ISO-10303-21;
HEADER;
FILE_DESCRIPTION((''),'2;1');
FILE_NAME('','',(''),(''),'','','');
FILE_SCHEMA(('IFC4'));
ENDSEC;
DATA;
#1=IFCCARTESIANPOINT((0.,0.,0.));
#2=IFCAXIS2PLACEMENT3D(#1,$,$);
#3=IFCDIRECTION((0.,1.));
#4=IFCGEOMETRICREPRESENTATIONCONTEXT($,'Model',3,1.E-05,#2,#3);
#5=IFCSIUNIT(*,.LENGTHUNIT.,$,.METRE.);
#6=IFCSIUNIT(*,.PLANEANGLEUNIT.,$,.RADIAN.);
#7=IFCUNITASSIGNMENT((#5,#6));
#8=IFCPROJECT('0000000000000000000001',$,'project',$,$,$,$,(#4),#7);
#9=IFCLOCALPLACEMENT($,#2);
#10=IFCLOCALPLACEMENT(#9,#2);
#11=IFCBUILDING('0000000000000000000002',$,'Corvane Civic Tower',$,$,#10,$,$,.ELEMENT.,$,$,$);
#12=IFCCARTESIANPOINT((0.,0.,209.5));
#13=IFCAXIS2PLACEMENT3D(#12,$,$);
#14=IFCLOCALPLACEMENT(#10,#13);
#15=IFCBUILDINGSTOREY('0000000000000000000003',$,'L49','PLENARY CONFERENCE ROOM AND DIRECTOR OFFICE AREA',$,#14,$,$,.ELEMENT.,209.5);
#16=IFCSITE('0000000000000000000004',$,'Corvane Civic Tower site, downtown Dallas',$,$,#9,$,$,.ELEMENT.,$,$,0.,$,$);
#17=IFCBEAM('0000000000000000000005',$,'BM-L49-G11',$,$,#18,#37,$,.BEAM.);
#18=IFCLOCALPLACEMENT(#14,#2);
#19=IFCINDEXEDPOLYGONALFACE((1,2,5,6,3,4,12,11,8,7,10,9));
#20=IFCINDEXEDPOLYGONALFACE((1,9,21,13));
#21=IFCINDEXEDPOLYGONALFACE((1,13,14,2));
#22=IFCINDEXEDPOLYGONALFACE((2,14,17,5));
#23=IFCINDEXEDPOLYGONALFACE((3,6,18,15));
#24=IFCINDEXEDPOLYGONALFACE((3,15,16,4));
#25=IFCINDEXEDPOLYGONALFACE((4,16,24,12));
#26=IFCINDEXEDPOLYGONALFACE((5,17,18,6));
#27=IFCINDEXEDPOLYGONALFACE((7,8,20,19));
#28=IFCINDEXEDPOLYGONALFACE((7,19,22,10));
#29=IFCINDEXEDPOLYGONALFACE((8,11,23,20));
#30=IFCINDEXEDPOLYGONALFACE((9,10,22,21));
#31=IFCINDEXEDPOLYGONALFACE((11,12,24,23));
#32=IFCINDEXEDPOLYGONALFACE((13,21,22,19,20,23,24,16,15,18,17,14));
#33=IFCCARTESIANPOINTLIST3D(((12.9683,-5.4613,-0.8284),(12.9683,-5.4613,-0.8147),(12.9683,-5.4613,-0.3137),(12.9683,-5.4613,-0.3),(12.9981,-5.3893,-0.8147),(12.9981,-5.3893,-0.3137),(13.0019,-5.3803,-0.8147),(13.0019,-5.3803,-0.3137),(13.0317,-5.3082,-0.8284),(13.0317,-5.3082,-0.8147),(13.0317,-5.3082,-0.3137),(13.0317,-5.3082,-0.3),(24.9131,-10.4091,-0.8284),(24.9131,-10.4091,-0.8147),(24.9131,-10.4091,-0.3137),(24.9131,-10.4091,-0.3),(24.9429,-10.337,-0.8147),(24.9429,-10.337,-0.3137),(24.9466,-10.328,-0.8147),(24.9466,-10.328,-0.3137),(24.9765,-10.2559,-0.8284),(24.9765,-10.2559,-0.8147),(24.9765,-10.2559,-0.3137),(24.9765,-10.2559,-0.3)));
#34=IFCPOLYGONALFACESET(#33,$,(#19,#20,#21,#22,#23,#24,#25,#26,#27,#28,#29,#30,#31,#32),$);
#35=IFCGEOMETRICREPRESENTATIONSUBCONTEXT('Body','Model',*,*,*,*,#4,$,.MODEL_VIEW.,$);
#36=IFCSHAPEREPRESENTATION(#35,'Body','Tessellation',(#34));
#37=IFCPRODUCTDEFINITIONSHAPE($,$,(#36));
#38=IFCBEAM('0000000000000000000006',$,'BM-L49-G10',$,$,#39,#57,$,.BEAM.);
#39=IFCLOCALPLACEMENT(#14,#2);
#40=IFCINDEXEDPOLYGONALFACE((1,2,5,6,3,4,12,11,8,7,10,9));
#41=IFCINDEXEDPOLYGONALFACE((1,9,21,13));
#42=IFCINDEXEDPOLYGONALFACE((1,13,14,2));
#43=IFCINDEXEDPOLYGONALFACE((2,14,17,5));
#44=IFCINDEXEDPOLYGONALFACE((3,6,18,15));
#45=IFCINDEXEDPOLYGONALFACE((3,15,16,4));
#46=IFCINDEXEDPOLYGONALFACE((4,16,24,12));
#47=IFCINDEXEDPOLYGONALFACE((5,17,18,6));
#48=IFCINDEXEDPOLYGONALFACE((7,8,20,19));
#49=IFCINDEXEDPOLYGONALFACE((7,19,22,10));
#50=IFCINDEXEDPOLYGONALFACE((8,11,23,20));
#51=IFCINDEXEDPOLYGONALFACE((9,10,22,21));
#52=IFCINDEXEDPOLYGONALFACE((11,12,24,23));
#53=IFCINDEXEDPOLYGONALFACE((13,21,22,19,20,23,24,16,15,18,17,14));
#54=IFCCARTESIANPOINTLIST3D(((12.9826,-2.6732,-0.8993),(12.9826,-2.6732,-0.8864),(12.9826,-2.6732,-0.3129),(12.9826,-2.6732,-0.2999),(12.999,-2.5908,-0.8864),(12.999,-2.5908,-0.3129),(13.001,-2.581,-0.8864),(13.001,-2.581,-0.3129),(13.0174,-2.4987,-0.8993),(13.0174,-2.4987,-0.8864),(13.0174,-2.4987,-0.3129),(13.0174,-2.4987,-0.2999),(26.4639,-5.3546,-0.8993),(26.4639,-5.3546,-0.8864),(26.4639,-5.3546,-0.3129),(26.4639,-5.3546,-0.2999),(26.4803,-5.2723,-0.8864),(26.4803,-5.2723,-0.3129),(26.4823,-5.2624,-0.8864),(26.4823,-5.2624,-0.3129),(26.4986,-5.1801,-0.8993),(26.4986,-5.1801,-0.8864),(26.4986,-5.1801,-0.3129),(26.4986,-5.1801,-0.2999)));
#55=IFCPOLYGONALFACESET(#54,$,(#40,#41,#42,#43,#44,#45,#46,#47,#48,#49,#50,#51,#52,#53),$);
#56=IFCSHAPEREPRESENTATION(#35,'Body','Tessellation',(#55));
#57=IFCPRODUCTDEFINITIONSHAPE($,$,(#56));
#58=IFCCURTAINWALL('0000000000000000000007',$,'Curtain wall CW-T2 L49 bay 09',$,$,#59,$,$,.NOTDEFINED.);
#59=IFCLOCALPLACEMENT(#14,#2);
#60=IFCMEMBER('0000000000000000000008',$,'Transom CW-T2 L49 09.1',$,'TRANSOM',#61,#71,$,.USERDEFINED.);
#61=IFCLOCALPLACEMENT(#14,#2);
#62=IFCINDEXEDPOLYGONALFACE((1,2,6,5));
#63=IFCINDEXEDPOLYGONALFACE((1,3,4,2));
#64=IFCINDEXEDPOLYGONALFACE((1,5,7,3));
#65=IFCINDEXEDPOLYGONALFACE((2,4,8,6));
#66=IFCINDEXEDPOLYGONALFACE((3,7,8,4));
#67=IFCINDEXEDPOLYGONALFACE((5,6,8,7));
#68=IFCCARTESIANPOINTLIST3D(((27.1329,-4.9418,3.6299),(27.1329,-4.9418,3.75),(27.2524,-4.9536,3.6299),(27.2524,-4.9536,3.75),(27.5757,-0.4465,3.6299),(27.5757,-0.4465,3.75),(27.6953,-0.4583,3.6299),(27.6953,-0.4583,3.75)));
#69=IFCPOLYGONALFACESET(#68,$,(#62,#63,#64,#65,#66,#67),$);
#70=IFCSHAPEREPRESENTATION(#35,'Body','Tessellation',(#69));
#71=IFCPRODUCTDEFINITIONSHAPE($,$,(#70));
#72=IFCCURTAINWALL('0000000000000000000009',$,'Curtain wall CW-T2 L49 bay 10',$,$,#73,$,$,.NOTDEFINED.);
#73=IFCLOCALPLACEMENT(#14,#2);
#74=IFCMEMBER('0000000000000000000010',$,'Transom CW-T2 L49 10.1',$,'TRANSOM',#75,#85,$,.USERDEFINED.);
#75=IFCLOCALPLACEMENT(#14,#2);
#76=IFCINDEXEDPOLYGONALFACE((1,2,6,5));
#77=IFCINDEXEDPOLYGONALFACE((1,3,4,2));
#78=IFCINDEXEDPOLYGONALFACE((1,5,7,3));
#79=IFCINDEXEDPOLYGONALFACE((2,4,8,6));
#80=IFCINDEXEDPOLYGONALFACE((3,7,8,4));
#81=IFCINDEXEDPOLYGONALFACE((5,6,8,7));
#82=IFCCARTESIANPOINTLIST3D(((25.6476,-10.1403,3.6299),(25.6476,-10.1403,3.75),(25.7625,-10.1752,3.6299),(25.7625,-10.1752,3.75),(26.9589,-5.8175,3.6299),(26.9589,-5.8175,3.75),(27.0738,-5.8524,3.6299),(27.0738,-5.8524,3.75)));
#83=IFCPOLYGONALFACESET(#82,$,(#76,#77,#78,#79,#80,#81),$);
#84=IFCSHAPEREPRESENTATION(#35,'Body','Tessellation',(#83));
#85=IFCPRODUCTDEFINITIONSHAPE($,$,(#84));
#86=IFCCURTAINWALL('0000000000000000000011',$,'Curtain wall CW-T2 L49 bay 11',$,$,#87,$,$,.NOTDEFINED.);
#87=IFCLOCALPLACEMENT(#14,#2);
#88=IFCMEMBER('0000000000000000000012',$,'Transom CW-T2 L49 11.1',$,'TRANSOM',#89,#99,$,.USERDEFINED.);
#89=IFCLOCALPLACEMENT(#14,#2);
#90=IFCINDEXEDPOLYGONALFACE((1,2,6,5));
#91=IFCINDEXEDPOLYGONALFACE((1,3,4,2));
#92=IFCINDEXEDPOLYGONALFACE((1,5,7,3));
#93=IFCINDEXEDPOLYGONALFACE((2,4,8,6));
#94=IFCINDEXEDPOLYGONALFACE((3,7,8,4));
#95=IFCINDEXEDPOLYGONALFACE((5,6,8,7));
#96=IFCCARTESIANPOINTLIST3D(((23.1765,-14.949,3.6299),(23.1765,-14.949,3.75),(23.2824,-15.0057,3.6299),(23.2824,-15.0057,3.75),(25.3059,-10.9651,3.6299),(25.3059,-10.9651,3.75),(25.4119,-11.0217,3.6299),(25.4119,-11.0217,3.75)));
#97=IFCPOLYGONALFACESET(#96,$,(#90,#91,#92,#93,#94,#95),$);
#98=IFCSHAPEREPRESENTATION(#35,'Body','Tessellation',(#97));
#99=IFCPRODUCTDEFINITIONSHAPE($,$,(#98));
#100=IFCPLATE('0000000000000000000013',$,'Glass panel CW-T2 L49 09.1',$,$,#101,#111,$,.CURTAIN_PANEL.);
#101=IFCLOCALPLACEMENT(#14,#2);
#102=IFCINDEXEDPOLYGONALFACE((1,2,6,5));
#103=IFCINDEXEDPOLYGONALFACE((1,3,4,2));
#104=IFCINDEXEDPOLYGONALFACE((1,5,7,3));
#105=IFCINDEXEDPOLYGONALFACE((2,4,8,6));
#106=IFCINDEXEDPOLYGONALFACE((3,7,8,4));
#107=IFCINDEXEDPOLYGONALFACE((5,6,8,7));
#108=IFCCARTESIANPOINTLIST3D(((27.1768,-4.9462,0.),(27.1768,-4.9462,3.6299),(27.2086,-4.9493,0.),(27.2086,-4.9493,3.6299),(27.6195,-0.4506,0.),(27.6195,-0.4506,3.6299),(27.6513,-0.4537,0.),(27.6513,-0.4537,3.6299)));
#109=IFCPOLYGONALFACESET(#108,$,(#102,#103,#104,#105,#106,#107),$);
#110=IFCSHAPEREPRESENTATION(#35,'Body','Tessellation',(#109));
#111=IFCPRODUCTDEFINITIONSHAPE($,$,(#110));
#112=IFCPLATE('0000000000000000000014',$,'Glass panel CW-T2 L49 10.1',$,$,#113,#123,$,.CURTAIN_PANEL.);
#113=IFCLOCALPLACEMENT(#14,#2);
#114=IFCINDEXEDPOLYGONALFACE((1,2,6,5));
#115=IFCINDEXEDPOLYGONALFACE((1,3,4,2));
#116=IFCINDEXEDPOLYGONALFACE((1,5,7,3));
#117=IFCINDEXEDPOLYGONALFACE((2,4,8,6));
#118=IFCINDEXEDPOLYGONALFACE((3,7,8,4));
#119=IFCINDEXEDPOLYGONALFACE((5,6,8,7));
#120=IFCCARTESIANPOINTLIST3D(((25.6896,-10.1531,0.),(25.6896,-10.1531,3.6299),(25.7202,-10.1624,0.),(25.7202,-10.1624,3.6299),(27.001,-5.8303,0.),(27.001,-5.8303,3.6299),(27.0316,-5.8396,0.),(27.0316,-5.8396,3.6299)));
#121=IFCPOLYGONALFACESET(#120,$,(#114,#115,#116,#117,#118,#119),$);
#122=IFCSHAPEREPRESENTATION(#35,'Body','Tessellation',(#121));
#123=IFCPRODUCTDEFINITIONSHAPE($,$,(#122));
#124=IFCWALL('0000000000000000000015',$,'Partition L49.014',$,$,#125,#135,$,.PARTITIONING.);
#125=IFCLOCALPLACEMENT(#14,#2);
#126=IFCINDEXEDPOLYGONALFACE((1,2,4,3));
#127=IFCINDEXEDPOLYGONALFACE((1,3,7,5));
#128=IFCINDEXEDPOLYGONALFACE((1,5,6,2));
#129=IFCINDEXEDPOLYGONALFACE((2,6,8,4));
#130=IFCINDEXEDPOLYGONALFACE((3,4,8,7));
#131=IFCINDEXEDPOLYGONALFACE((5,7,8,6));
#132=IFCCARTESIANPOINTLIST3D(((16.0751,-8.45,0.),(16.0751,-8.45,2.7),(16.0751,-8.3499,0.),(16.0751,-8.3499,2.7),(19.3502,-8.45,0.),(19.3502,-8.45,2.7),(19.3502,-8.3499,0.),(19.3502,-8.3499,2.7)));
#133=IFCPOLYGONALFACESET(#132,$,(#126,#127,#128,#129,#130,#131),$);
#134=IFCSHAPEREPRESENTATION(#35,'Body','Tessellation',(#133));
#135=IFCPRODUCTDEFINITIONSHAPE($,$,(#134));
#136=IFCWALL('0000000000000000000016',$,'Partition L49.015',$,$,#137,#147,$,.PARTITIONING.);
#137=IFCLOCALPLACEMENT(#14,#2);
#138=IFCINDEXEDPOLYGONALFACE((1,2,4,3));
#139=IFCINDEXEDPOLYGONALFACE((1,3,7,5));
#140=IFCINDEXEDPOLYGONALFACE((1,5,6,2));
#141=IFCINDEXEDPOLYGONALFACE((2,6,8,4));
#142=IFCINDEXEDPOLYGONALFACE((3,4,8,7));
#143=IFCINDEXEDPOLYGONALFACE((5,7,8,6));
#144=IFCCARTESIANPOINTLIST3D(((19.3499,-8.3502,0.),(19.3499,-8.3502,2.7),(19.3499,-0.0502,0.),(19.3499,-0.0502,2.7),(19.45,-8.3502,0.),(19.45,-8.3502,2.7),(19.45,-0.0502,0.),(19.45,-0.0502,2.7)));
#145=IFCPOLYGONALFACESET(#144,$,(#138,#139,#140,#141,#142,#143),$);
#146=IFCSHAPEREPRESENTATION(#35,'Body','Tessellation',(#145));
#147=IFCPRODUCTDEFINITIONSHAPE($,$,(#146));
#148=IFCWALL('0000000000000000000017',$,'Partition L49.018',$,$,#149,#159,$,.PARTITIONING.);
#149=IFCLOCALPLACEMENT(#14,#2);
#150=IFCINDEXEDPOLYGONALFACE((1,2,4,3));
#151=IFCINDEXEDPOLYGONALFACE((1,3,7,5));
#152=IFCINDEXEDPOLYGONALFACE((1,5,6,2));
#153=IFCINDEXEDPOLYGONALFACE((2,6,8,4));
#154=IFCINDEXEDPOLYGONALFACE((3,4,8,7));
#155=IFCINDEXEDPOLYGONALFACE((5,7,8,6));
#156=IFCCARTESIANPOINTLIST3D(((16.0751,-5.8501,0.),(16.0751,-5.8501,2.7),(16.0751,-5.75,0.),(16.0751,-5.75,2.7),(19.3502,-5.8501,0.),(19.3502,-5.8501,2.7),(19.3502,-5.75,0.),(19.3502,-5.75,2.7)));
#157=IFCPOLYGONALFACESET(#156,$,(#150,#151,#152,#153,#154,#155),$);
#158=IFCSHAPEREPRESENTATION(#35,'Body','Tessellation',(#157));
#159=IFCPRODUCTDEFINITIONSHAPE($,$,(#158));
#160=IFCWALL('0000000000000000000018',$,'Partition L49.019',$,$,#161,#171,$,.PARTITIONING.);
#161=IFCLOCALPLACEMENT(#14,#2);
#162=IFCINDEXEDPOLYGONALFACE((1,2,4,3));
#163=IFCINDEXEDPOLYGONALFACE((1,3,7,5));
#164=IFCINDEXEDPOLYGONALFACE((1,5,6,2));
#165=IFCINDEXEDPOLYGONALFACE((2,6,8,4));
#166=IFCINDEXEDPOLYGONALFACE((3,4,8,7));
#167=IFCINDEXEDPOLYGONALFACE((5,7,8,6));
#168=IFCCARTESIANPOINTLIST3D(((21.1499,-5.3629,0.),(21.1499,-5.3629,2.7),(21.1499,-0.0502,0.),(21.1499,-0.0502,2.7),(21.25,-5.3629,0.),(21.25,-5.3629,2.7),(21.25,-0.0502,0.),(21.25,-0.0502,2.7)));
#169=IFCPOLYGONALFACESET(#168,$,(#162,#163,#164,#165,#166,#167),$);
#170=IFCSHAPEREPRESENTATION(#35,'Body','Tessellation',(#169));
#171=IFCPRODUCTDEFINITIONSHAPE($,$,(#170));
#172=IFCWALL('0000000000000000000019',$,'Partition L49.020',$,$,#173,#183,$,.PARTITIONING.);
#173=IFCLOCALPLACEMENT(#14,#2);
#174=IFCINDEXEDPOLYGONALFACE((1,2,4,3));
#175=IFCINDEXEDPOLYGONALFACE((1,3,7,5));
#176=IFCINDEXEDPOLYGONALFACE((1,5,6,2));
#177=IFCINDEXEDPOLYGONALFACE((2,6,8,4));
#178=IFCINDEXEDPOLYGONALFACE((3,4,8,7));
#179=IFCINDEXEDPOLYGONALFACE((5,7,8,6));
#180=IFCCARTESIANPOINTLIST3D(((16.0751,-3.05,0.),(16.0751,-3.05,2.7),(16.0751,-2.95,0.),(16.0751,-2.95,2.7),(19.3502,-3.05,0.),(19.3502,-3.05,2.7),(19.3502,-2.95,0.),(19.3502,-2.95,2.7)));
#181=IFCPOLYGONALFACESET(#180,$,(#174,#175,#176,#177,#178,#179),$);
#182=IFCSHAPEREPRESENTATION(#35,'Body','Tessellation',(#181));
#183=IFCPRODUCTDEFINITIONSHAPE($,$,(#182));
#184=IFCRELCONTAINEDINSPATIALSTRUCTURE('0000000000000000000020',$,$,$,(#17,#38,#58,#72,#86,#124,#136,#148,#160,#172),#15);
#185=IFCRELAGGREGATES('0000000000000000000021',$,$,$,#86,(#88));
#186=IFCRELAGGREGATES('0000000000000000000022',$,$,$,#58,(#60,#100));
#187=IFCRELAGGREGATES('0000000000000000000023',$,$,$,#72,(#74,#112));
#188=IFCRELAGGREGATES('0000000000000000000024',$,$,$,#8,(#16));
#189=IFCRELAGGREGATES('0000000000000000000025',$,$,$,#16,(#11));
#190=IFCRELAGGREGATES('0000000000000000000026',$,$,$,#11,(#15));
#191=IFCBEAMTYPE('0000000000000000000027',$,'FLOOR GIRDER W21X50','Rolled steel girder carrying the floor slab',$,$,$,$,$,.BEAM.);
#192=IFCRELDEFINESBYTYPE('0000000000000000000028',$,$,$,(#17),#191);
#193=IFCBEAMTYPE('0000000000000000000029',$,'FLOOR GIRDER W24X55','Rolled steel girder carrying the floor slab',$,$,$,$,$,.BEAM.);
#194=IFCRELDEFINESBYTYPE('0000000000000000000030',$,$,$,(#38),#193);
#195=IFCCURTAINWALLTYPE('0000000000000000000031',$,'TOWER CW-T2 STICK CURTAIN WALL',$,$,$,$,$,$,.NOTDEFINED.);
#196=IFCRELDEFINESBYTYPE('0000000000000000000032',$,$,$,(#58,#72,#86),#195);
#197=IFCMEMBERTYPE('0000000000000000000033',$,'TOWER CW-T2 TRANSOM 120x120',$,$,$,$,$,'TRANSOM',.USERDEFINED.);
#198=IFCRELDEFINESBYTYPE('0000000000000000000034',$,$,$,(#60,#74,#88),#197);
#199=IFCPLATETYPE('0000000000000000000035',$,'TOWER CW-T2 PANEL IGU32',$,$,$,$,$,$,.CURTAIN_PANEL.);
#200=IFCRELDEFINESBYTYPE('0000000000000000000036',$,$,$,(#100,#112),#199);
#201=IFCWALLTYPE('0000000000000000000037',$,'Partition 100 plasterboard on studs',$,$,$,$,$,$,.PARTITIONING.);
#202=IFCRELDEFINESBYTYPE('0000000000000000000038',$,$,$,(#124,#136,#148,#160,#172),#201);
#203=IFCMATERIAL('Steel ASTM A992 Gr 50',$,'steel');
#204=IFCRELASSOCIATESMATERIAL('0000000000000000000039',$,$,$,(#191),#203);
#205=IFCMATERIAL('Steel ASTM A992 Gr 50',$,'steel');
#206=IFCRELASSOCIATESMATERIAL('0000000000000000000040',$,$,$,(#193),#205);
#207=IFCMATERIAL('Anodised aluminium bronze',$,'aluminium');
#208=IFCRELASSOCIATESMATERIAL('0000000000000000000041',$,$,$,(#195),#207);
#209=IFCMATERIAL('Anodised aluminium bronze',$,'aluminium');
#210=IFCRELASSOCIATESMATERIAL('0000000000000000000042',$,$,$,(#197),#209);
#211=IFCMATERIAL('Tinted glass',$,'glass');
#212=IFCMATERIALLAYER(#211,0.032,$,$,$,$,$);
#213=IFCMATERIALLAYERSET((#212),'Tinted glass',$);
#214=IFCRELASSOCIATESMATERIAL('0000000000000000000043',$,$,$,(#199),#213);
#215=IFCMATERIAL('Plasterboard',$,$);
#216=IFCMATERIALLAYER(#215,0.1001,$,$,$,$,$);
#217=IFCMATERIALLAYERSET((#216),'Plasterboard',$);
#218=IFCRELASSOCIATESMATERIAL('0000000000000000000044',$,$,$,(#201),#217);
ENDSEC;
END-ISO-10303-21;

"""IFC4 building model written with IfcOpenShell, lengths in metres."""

from ifc_helpers import new_model, si_unit, direction, frame, frame_2d, origin, origin_2d, place, context, subcontext, project, spatial, rectangle, i_section, extrude, material, layer, layer_set, material_profile, profile_set, type_object, element, aggregate, save


model = new_model("IFC4")

# Units and contexts
model_context = context("Model", 3, precision=1e-05, world=origin(), true_north=direction((0.0, 1.0)))
body_context = subcontext(model_context, "Body", "Model", "MODEL_VIEW")
ifc_project = project(units=[si_unit("LENGTHUNIT", "METRE"), si_unit("PLANEANGLEUNIT", "RADIAN")], contexts=[model_context])

# Site, building, storey
site_placement = place(None, origin())
site = spatial("IfcSite", under=ifc_project, at=site_placement, Name="Corvane Civic Tower site, downtown Dallas", CompositionType="ELEMENT", RefElevation=0.0)
building_placement = place(site_placement, origin())
building = spatial("IfcBuilding", under=site, at=building_placement, Name="Corvane Civic Tower", CompositionType="ELEMENT")
storey_placement = place(building_placement, frame((0.0, 0.0, 209.5)))
storey = spatial("IfcBuildingStorey", under=building, at=storey_placement, Name="L49", Description="PLENARY CONFERENCE ROOM AND DIRECTOR OFFICE AREA", CompositionType="ELEMENT", Elevation=209.5)

# Beams
ifc_material_1 = material(Name="Steel ASTM A992 Gr 50", Category="steel")
ifc_material_profile_1 = material_profile(ifc_material_1, i_section(OverallWidth=0.1658, OverallDepth=0.5283, WebThickness=0.0098, FlangeThickness=0.0137, at=origin_2d()), Name="W21X50")
ifc_profile_set_1 = profile_set([ifc_material_profile_1], Name="Steel ASTM A992 Gr 50")
beam_type_1 = type_object("IfcBeamType", Name="FLOOR GIRDER W21X50", Description="Rolled steel girder carrying the floor slab", PredefinedType="BEAM", material=ifc_profile_set_1)
beam_1_placement = place(storey_placement, frame((13.0, -5.3848, -0.5642), z_axis=(0.923878, -0.382686, 0.0), x_axis=(0.382686, 0.923878, 0.0)))
element("IfcBeam", 1, at=beam_1_placement, inside=storey, type_object=beam_type_1, Name="BM-L49-G11", PredefinedType="BEAM", context=body_context, shape_type="SweptSolid", body=[
    extrude(i_section(OverallWidth=0.1658, OverallDepth=0.5283, WebThickness=0.0098, FlangeThickness=0.0137, at=origin_2d()), origin(), (0.0, 0.0, 1.0), 12.929),
])
ifc_material_2 = material(Name="Steel ASTM A992 Gr 50", Category="steel")
ifc_material_profile_2 = material_profile(ifc_material_2, i_section(OverallWidth=0.178, OverallDepth=0.5994, WebThickness=0.01, FlangeThickness=0.0129, at=origin_2d()), Name="W24X55")
ifc_profile_set_2 = profile_set([ifc_material_profile_2], Name="Steel ASTM A992 Gr 50")
beam_type_2 = type_object("IfcBeamType", Name="FLOOR GIRDER W24X55", Description="Rolled steel girder carrying the floor slab", PredefinedType="BEAM", material=ifc_profile_set_2)
beam_2_placement = place(storey_placement, frame((13.0, -2.5859, -0.5996), z_axis=(0.980788, -0.195078, 0.0), x_axis=(0.195078, 0.980788, 0.0)))
element("IfcBeam", 2, at=beam_2_placement, inside=storey, type_object=beam_type_2, Name="BM-L49-G10", PredefinedType="BEAM", context=body_context, shape_type="SweptSolid", body=[
    extrude(i_section(OverallWidth=0.178, OverallDepth=0.5994, WebThickness=0.01, FlangeThickness=0.0129, at=origin_2d()), origin(), (0.0, 0.0, 1.0), 13.7454),
])

# Curtain walls, members
ifc_material_3 = material(Name="Anodised aluminium bronze", Category="aluminium")
curtain_wall_type = type_object("IfcCurtainWallType", Name="TOWER CW-T2 STICK CURTAIN WALL", PredefinedType="NOTDEFINED", material=ifc_material_3)
curtain_wall_1_placement = place(storey_placement, origin())
curtain_wall_1 = element("IfcCurtainWall", 3, at=curtain_wall_1_placement, inside=storey, type_object=curtain_wall_type, Name="Curtain wall CW-T2 L49 bay 09", PredefinedType="NOTDEFINED")
ifc_material_4 = material(Name="Anodised aluminium bronze", Category="aluminium")
ifc_material_profile_3 = material_profile(ifc_material_4, rectangle(XDim=0.1201, YDim=0.1201, at=origin_2d()), Name="TOWER CW-T2 TRANSOM 120x120")
ifc_profile_set_3 = profile_set([ifc_material_profile_3], Name="Anodised aluminium bronze")
member_type = type_object("IfcMemberType", Name="TOWER CW-T2 TRANSOM 120x120", ElementType="TRANSOM", PredefinedType="USERDEFINED", material=ifc_profile_set_3)
member_1_placement = place(storey_placement, frame((27.6355, -0.4524, 3.6899), z_axis=(-0.098043, -0.995182, 0.0), x_axis=(0.995182, -0.098043, 0.0)))
member_1 = element("IfcMember", 4, at=member_1_placement, type_object=member_type, Name="Transom CW-T2 L49 09.1", ObjectType="TRANSOM", PredefinedType="USERDEFINED", context=body_context, shape_type="SweptSolid", body=[
    extrude(rectangle(XDim=0.1201, YDim=0.1201, at=origin_2d()), origin(), (0.0, 0.0, 1.0), 4.5171),
])
curtain_wall_2_placement = place(storey_placement, origin())
curtain_wall_2 = element("IfcCurtainWall", 5, at=curtain_wall_2_placement, inside=storey, type_object=curtain_wall_type, Name="Curtain wall CW-T2 L49 bay 10", PredefinedType="NOTDEFINED")
member_2_placement = place(storey_placement, frame((27.0164, -5.835, 3.6899), z_axis=(-0.290282, -0.956941, 0.0), x_axis=(0.956941, -0.290282, 0.0)))
member_2 = element("IfcMember", 6, at=member_2_placement, type_object=member_type, Name="Transom CW-T2 L49 10.1", ObjectType="TRANSOM", PredefinedType="USERDEFINED", context=body_context, shape_type="SweptSolid", body=[
    extrude(rectangle(XDim=0.1201, YDim=0.1201, at=origin_2d()), origin(), (0.0, 0.0, 1.0), 4.5173),
])
curtain_wall_3_placement = place(storey_placement, origin())
curtain_wall_3 = element("IfcCurtainWall", 7, at=curtain_wall_3_placement, inside=storey, type_object=curtain_wall_type, Name="Curtain wall CW-T2 L49 bay 11", PredefinedType="NOTDEFINED")
member_3_placement = place(storey_placement, frame((25.3589, -10.9934, 3.6899), z_axis=(-0.47139, -0.881925, 0.0), x_axis=(0.881925, -0.47139, 0.0)))
member_3 = element("IfcMember", 8, at=member_3_placement, type_object=member_type, Name="Transom CW-T2 L49 11.1", ObjectType="TRANSOM", PredefinedType="USERDEFINED", context=body_context, shape_type="SweptSolid", body=[
    extrude(rectangle(XDim=0.1201, YDim=0.1201, at=origin_2d()), origin(), (0.0, 0.0, 1.0), 4.5173),
])
aggregate(curtain_wall_3, [member_3])

# Plates
ifc_material_5 = material(Name="Tinted glass", Category="glass")
ifc_layer_1 = layer(ifc_material_5, 0.032)
ifc_layer_set_1 = layer_set([ifc_layer_1], Name="Tinted glass")
plate_type = type_object("IfcPlateType", Name="TOWER CW-T2 PANEL IGU32", PredefinedType="CURTAIN_PANEL", material=ifc_layer_set_1)
plate_1_placement = place(storey_placement, frame((27.4141, -2.7, 0.0), z_axis=(0.0, 0.0, 1.0), x_axis=(-0.097993, -0.995187, 0.0)))
plate_1 = element("IfcPlate", 9, at=plate_1_placement, type_object=plate_type, Name="Glass panel CW-T2 L49 09.1", PredefinedType="CURTAIN_PANEL", context=body_context, shape_type="SweptSolid", body=[
    extrude(rectangle(XDim=4.5173, YDim=0.032, at=origin_2d()), origin(), (0.0, 0.0, 1.0), 3.6299),
])
aggregate(curtain_wall_1, [member_1, plate_1])
plate_2_placement = place(storey_placement, frame((26.3606, -7.9963, 0.0), z_axis=(0.0, 0.0, 1.0), x_axis=(-0.29029, -0.956939, 0.0)))
plate_2 = element("IfcPlate", 10, at=plate_2_placement, type_object=plate_type, Name="Glass panel CW-T2 L49 10.1", PredefinedType="CURTAIN_PANEL", context=body_context, shape_type="SweptSolid", body=[
    extrude(rectangle(XDim=4.5173, YDim=0.032, at=origin_2d()), origin(), (0.0, 0.0, 1.0), 3.6299),
])
aggregate(curtain_wall_2, [member_2, plate_2])

# Walls
ifc_material_6 = material(Name="Plasterboard")
ifc_layer_2 = layer(ifc_material_6, 0.1001)
ifc_layer_set_2 = layer_set([ifc_layer_2], Name="Plasterboard")
wall_type = type_object("IfcWallType", Name="Partition 100 plasterboard on studs", PredefinedType="PARTITIONING", material=ifc_layer_set_2)
wall_1_placement = place(storey_placement, frame((16.075, -8.3999, 0.0), z_axis=(0.0, 0.0, 1.0), x_axis=(1.0, 0.0, 0.0)))
element("IfcWall", 11, at=wall_1_placement, inside=storey, type_object=wall_type, Name="Partition L49.014", PredefinedType="PARTITIONING", context=body_context, shape_type="SweptSolid", body=[
    extrude(rectangle(XDim=3.2751, YDim=0.1001, at=frame_2d((1.6377, 0.0))), origin(), (0.0, 0.0, 1.0), 2.7),
])
wall_2_placement = place(storey_placement, frame((19.3999, -8.3501, 0.0), z_axis=(0.0, 0.0, 1.0), x_axis=(0.0, 1.0, 0.0)))
element("IfcWall", 12, at=wall_2_placement, inside=storey, type_object=wall_type, Name="Partition L49.015", PredefinedType="PARTITIONING", context=body_context, shape_type="SweptSolid", body=[
    extrude(rectangle(XDim=8.3, YDim=0.1001, at=frame_2d((4.1499, 0.0))), origin(), (0.0, 0.0, 1.0), 2.7),
])
wall_3_placement = place(storey_placement, frame((16.075, -5.8, 0.0), z_axis=(0.0, 0.0, 1.0), x_axis=(1.0, 0.0, 0.0)))
element("IfcWall", 13, at=wall_3_placement, inside=storey, type_object=wall_type, Name="Partition L49.018", PredefinedType="PARTITIONING", context=body_context, shape_type="SweptSolid", body=[
    extrude(rectangle(XDim=3.2751, YDim=0.1001, at=frame_2d((1.6377, 0.0))), origin(), (0.0, 0.0, 1.0), 2.7),
])
wall_4_placement = place(storey_placement, frame((21.2, -5.3628, 0.0), z_axis=(0.0, 0.0, 1.0), x_axis=(0.0, 1.0, 0.0)))
element("IfcWall", 14, at=wall_4_placement, inside=storey, type_object=wall_type, Name="Partition L49.019", PredefinedType="PARTITIONING", context=body_context, shape_type="SweptSolid", body=[
    extrude(rectangle(XDim=5.3127, YDim=0.1001, at=frame_2d((2.6562, 0.0))), origin(), (0.0, 0.0, 1.0), 2.7),
])
wall_5_placement = place(storey_placement, frame((16.075, -3.0, 0.0), z_axis=(0.0, 0.0, 1.0), x_axis=(1.0, 0.0, 0.0)))
element("IfcWall", 15, at=wall_5_placement, inside=storey, type_object=wall_type, Name="Partition L49.020", PredefinedType="PARTITIONING", context=body_context, shape_type="SweptSolid", body=[
    extrude(rectangle(XDim=3.2751, YDim=0.1001, at=frame_2d((1.6377, 0.0))), origin(), (0.0, 0.0, 1.0), 2.7),
])

save(model, "model.ifc")
